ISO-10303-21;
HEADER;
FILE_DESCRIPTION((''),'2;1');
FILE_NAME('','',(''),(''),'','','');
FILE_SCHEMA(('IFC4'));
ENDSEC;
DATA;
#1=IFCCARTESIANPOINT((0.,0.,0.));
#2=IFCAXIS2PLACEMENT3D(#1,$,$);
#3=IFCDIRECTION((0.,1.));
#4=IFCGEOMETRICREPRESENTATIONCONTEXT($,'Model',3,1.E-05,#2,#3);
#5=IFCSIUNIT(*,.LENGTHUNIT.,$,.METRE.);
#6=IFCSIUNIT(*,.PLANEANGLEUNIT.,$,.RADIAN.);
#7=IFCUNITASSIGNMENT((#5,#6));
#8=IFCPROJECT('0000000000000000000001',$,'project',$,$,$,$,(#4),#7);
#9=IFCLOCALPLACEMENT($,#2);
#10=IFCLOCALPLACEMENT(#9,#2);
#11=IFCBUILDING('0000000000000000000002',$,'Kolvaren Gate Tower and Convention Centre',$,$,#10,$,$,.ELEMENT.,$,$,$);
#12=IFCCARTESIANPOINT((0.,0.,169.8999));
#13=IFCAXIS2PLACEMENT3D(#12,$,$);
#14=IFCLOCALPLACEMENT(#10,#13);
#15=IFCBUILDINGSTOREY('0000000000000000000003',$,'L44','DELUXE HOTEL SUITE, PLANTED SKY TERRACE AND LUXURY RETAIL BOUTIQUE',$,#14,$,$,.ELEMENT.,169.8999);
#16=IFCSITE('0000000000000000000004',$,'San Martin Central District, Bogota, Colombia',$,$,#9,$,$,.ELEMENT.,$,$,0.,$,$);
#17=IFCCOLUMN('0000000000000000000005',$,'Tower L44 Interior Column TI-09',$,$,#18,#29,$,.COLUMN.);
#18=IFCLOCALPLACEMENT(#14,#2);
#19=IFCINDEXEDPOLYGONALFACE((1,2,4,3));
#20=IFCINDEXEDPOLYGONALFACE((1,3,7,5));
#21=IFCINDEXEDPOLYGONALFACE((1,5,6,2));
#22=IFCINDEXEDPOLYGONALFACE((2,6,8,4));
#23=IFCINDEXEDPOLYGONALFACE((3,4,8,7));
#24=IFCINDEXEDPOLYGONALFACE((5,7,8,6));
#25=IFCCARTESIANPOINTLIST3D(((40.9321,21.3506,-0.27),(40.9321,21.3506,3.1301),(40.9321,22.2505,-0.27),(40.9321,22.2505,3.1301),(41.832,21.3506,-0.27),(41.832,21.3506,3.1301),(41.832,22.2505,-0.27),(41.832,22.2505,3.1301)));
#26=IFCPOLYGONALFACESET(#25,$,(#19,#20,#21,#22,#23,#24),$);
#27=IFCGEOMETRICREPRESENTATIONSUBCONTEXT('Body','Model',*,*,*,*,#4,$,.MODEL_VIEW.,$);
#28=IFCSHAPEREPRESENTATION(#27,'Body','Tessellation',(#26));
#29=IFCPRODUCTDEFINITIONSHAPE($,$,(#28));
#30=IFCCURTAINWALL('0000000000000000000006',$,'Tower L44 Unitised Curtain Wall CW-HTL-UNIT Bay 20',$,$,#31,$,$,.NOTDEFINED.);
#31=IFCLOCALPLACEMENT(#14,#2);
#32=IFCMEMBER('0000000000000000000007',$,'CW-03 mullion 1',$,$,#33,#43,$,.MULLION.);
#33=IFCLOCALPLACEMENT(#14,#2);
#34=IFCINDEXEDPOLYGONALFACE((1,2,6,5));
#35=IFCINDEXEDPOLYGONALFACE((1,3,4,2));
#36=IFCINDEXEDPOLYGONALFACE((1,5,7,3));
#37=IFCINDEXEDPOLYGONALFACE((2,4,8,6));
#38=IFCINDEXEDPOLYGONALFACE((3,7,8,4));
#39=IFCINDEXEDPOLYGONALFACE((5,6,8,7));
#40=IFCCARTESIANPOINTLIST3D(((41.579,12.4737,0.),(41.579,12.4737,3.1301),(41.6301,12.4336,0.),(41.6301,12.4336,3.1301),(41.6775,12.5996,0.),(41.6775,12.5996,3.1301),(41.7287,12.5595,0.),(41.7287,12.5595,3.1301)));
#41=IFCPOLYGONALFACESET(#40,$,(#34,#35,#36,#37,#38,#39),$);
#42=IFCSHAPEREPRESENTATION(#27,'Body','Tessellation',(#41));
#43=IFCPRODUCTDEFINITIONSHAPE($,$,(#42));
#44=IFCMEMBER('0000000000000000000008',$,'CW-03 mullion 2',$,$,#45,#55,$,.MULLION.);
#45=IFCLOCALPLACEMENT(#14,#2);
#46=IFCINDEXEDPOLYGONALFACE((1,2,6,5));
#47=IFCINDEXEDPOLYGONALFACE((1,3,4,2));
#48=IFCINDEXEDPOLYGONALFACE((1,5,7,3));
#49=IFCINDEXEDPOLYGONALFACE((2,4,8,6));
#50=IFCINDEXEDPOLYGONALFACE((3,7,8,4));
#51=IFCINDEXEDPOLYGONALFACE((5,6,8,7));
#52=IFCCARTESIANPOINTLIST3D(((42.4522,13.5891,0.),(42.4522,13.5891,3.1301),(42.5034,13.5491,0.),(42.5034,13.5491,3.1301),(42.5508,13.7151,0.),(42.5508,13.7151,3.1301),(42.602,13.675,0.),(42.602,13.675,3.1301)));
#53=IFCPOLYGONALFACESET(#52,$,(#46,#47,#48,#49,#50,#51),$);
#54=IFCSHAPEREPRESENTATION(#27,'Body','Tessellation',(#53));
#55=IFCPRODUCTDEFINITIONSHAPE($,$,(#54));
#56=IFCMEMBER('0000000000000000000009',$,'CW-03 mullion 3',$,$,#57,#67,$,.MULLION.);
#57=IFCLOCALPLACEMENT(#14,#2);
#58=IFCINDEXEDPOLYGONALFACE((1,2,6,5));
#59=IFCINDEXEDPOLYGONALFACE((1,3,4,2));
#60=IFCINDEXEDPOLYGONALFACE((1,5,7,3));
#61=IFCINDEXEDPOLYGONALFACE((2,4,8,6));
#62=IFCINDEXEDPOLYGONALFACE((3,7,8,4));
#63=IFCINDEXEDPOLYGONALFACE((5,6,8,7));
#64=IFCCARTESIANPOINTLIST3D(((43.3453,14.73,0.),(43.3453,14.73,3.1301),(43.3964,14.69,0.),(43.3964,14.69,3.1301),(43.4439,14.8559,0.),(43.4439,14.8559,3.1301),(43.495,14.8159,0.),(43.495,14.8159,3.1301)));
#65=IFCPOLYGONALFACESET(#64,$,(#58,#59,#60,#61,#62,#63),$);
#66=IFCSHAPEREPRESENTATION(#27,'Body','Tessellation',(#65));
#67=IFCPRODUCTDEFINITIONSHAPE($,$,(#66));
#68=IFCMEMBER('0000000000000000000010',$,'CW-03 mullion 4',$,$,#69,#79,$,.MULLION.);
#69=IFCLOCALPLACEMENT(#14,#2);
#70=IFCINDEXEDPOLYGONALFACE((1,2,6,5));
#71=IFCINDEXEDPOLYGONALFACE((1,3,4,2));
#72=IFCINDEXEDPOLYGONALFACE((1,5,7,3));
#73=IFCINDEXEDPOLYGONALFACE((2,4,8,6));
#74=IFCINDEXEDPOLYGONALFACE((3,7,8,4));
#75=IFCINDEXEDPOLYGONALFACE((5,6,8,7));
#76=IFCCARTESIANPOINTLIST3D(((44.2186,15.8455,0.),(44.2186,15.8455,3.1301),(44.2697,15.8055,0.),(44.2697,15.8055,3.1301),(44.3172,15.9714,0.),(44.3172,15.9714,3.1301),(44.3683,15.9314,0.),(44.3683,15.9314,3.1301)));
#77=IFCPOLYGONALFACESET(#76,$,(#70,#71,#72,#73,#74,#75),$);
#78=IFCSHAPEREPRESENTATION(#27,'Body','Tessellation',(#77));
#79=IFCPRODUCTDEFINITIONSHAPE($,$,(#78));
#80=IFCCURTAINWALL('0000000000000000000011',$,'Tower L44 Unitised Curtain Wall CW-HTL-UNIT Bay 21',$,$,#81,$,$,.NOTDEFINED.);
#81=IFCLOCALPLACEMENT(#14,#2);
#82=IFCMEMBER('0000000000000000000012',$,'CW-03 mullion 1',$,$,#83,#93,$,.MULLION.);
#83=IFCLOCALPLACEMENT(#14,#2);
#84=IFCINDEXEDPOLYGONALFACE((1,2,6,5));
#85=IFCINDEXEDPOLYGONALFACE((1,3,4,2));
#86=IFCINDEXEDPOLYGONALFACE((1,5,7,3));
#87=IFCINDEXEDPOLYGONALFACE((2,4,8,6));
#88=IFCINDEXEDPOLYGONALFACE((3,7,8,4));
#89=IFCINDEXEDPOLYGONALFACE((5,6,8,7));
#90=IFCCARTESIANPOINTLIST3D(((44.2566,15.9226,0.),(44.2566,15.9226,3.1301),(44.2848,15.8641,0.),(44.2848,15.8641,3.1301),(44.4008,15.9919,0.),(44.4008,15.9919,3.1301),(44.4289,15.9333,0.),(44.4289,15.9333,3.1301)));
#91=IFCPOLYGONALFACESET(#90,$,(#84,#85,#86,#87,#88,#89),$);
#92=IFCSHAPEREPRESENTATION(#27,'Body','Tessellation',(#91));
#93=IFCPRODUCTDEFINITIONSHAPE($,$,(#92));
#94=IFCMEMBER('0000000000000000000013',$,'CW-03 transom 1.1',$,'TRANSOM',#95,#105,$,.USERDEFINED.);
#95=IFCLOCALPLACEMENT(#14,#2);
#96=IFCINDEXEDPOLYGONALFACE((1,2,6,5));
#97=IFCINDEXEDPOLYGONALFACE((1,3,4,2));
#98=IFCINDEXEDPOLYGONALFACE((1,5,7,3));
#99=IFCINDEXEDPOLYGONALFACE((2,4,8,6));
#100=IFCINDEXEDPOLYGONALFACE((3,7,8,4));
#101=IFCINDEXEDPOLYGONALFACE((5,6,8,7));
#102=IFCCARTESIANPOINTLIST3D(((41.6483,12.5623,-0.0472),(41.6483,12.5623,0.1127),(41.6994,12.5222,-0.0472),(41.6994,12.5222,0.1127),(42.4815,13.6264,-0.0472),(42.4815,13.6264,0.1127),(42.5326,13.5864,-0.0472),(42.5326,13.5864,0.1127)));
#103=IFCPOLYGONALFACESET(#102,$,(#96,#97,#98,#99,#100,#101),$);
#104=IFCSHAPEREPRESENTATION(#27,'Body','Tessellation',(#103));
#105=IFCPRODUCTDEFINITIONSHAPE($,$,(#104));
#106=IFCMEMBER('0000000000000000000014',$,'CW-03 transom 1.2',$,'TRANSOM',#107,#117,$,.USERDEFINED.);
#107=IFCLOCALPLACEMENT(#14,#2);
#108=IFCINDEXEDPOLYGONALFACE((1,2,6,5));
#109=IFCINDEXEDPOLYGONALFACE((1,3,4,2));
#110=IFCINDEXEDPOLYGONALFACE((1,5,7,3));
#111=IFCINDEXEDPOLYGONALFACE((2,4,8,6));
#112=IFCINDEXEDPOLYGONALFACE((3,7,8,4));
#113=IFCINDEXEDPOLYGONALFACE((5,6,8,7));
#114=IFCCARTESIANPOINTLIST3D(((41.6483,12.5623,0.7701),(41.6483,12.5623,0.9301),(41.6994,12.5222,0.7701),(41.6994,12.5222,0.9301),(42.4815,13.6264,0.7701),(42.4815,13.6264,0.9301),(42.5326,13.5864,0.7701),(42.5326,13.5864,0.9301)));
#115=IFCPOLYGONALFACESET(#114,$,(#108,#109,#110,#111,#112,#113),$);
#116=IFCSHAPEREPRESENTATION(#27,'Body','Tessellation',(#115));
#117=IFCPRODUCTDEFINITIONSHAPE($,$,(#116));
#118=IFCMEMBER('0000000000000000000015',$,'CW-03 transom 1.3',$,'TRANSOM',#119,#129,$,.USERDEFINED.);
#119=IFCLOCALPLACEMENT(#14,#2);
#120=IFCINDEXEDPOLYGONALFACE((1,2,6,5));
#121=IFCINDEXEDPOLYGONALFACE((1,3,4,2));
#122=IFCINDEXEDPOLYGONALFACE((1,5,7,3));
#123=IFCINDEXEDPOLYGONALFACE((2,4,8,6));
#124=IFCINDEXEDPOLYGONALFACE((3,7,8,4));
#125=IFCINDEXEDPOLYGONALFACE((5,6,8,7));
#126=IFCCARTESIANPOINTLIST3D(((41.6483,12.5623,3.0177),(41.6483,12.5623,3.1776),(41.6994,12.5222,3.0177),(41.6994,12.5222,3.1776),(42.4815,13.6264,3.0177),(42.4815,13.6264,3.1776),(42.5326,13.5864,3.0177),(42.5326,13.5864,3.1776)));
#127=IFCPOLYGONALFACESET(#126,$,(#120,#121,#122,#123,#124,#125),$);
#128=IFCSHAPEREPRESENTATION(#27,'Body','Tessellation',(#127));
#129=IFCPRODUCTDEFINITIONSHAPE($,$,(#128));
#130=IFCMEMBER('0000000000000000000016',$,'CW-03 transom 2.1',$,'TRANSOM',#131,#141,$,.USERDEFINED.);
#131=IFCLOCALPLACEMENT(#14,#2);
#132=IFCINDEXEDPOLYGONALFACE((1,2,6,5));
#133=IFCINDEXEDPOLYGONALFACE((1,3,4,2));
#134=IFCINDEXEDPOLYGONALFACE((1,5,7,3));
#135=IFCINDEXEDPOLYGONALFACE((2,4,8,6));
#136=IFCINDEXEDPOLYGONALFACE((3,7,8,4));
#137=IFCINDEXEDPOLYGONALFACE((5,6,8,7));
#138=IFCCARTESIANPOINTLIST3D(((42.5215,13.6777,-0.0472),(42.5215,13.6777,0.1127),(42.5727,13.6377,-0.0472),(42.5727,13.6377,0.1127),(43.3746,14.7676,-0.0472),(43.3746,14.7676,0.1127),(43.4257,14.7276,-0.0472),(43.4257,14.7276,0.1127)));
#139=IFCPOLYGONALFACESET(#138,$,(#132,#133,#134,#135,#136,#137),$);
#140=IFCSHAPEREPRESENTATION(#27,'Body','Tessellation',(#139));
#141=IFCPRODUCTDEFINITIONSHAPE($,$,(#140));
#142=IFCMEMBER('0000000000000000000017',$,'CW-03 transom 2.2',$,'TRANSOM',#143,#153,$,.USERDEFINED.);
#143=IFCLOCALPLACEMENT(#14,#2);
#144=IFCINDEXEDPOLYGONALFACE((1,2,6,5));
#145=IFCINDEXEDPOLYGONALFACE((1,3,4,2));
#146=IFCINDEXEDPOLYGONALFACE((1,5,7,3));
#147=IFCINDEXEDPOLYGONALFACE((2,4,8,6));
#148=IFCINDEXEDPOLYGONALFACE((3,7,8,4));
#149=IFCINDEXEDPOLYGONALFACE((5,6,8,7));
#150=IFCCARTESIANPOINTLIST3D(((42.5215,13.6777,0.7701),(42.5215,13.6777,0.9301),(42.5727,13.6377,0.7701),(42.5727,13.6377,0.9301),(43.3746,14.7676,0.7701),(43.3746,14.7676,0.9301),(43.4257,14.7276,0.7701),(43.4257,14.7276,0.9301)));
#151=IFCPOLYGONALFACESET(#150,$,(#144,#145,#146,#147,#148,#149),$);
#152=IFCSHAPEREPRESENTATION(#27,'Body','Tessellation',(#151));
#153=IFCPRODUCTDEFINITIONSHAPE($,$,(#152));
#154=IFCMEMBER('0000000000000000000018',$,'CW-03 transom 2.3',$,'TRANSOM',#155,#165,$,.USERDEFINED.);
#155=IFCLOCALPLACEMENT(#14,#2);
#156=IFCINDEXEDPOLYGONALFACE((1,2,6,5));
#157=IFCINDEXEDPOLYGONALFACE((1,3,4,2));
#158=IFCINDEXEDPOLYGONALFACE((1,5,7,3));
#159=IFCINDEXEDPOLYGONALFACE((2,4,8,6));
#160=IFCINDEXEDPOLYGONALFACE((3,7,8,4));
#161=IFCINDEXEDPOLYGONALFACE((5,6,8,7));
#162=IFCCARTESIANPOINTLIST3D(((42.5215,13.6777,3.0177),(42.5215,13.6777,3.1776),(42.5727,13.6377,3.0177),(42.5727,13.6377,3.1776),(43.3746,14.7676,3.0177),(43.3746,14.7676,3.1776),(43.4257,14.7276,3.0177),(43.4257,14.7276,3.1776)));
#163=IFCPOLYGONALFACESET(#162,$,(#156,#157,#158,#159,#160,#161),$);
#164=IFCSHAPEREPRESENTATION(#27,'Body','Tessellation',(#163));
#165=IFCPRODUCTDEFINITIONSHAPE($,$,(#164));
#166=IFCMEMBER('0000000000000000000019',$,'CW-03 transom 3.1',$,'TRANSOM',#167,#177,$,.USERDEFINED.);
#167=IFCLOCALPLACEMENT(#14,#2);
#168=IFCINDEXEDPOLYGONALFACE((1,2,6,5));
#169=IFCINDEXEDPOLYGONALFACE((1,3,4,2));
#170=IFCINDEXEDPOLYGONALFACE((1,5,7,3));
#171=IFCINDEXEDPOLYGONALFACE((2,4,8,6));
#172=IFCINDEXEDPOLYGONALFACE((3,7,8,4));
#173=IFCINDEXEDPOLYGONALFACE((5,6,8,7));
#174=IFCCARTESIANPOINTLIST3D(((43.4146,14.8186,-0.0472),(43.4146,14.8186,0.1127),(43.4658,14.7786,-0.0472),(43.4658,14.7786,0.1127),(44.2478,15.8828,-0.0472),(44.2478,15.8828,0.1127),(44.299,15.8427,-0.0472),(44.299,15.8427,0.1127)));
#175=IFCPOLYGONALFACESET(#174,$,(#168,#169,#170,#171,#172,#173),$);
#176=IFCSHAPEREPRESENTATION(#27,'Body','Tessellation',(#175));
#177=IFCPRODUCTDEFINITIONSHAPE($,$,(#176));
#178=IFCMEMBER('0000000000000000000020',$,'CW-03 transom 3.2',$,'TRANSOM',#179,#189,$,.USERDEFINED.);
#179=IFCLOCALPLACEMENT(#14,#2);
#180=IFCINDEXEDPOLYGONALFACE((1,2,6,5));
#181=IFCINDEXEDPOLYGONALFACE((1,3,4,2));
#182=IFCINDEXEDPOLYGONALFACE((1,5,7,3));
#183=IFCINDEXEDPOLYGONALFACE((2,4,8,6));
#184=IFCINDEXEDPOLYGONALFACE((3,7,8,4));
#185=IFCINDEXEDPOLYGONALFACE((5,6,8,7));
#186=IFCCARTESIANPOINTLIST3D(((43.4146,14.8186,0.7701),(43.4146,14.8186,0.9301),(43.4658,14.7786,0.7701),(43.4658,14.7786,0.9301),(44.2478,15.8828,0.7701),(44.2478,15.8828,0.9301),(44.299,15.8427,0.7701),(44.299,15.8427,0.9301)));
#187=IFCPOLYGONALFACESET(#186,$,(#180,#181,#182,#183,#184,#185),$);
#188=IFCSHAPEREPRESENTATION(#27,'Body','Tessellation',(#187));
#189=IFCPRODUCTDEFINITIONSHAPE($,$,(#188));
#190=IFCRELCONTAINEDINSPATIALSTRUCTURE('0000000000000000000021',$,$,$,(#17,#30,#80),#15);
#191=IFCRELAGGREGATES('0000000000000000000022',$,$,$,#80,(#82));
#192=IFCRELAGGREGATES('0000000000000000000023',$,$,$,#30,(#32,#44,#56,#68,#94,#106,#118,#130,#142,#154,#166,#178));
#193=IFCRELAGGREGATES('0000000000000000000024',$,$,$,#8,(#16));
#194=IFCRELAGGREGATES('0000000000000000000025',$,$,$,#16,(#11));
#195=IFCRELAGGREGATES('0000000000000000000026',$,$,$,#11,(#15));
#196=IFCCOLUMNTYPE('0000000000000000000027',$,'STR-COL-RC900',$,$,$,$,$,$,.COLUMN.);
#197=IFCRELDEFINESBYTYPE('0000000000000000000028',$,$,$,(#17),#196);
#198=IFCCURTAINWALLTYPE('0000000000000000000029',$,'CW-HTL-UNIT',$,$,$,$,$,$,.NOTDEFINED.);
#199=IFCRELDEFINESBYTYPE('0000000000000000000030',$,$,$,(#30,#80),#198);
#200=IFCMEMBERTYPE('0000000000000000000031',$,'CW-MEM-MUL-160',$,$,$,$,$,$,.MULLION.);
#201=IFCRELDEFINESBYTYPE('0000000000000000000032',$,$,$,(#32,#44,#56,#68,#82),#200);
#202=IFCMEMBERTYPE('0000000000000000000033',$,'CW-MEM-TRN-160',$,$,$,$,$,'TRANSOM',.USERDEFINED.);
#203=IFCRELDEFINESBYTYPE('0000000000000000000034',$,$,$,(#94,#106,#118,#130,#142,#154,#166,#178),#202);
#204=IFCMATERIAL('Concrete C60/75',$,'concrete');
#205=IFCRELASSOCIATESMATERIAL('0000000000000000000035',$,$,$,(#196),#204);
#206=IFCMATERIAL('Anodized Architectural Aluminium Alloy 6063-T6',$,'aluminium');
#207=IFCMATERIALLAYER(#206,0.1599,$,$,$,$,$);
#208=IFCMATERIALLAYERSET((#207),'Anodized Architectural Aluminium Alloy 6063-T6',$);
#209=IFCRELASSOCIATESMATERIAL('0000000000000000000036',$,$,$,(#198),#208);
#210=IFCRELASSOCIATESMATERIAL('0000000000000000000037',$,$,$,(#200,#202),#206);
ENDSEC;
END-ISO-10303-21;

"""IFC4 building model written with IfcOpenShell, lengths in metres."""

from ifc_helpers import new_model, si_unit, direction, frame, origin, origin_2d, place, context, subcontext, project, spatial, rectangle, extrude, material, layer, layer_set, material_profile, profile_set, type_object, element, aggregate, save


model = new_model("IFC4")

# Units and contexts
model_context = context("Model", 3, precision=1e-05, world=origin(), true_north=direction((0.0, 1.0)))
body_context = subcontext(model_context, "Body", "Model", "MODEL_VIEW")
ifc_project = project(units=[si_unit("LENGTHUNIT", "METRE"), si_unit("PLANEANGLEUNIT", "RADIAN")], contexts=[model_context])

# Site, building, storey
site_placement = place(None, origin())
site = spatial("IfcSite", under=ifc_project, at=site_placement, Name="San Martin Central District, Bogota, Colombia", CompositionType="ELEMENT", RefElevation=0.0)
building_placement = place(site_placement, origin())
building = spatial("IfcBuilding", under=site, at=building_placement, Name="Kolvaren Gate Tower and Convention Centre", CompositionType="ELEMENT")
storey_placement = place(building_placement, frame((0.0, 0.0, 169.8999)))
storey = spatial("IfcBuildingStorey", under=building, at=storey_placement, Name="L44", Description="DELUXE HOTEL SUITE, PLANTED SKY TERRACE AND LUXURY RETAIL BOUTIQUE", CompositionType="ELEMENT", Elevation=169.8999)

# Column
ifc_material_1 = material(Name="Concrete C60/75", Category="concrete")
ifc_material_profile_1 = material_profile(ifc_material_1, rectangle(XDim=0.8999, YDim=0.8999, at=origin_2d()), Name="RC-COL-900X900")
ifc_profile_set_1 = profile_set([ifc_material_profile_1], Name="Concrete C60/75")
column_type = type_object("IfcColumnType", Name="STR-COL-RC900", PredefinedType="COLUMN", material=ifc_profile_set_1)
column_placement = place(storey_placement, frame((41.3821, 21.8005, -0.27), z_axis=(0.0, 0.0, 1.0), x_axis=(1.0, 0.0, 0.0)))
element("IfcColumn", 1, at=column_placement, inside=storey, type_object=column_type, Name="Tower L44 Interior Column TI-09", PredefinedType="COLUMN", context=body_context, shape_type="SweptSolid", body=[
    extrude(rectangle(XDim=0.8999, YDim=0.8999, at=origin_2d()), origin(), (0.0, 0.0, 1.0), 3.4001),
])

# Curtain wall, members
ifc_material_2 = material(Name="Anodized Architectural Aluminium Alloy 6063-T6", Category="aluminium")
ifc_layer_1 = layer(ifc_material_2, 0.1599)
ifc_layer_set_1 = layer_set([ifc_layer_1], Name="Anodized Architectural Aluminium Alloy 6063-T6")
curtain_wall_type = type_object("IfcCurtainWallType", Name="CW-HTL-UNIT", PredefinedType="NOTDEFINED", material=ifc_layer_set_1)
curtain_wall_1_placement = place(storey_placement, origin())
curtain_wall_1 = element("IfcCurtainWall", 2, at=curtain_wall_1_placement, inside=storey, type_object=curtain_wall_type, Name="Tower L44 Unitised Curtain Wall CW-HTL-UNIT Bay 20", PredefinedType="NOTDEFINED")
ifc_material_profile_2 = material_profile(ifc_material_2, rectangle(XDim=0.0649, YDim=0.1599, at=origin_2d()), Name="CW-MEM-MUL-160")
ifc_profile_set_2 = profile_set([ifc_material_profile_2], Name="Anodized Architectural Aluminium Alloy 6063-T6")
member_type_1 = type_object("IfcMemberType", Name="CW-MEM-MUL-160", PredefinedType="MULLION", material=ifc_profile_set_2)
member_1_placement = place(storey_placement, frame((41.6538, 12.5166, 0.0), z_axis=(0.0, 0.0, 1.0), x_axis=(-0.787404, 0.616438, 0.0)))
member_1 = element("IfcMember", 3, at=member_1_placement, type_object=member_type_1, Name="CW-03 mullion 1", PredefinedType="MULLION", context=body_context, shape_type="SweptSolid", body=[
    extrude(rectangle(XDim=0.0649, YDim=0.1599, at=origin_2d()), origin(), (0.0, 0.0, 1.0), 3.1301),
])
member_2_placement = place(storey_placement, frame((42.5271, 13.6321, 0.0), z_axis=(0.0, 0.0, 1.0), x_axis=(-0.787404, 0.616438, 0.0)))
member_2 = element("IfcMember", 4, at=member_2_placement, type_object=member_type_1, Name="CW-03 mullion 2", PredefinedType="MULLION", context=body_context, shape_type="SweptSolid", body=[
    extrude(rectangle(XDim=0.0649, YDim=0.1599, at=origin_2d()), origin(), (0.0, 0.0, 1.0), 3.1301),
])
member_3_placement = place(storey_placement, frame((43.4202, 14.7729, 0.0), z_axis=(0.0, 0.0, 1.0), x_axis=(-0.787404, 0.616438, 0.0)))
member_3 = element("IfcMember", 5, at=member_3_placement, type_object=member_type_1, Name="CW-03 mullion 3", PredefinedType="MULLION", context=body_context, shape_type="SweptSolid", body=[
    extrude(rectangle(XDim=0.0649, YDim=0.1599, at=origin_2d()), origin(), (0.0, 0.0, 1.0), 3.1301),
])
member_4_placement = place(storey_placement, frame((44.2935, 15.8884, 0.0), z_axis=(0.0, 0.0, 1.0), x_axis=(-0.787404, 0.616438, 0.0)))
member_4 = element("IfcMember", 6, at=member_4_placement, type_object=member_type_1, Name="CW-03 mullion 4", PredefinedType="MULLION", context=body_context, shape_type="SweptSolid", body=[
    extrude(rectangle(XDim=0.0649, YDim=0.1599, at=origin_2d()), origin(), (0.0, 0.0, 1.0), 3.1301),
])

# Curtain wall, member
curtain_wall_2_placement = place(storey_placement, origin())
curtain_wall_2 = element("IfcCurtainWall", 7, at=curtain_wall_2_placement, inside=storey, type_object=curtain_wall_type, Name="Tower L44 Unitised Curtain Wall CW-HTL-UNIT Bay 21", PredefinedType="NOTDEFINED")
member_5_placement = place(storey_placement, frame((44.3428, 15.928, 0.0), z_axis=(0.0, 0.0, 1.0), x_axis=(-0.433074, 0.901358, 0.0)))
member_5 = element("IfcMember", 8, at=member_5_placement, type_object=member_type_1, Name="CW-03 mullion 1", PredefinedType="MULLION", context=body_context, shape_type="SweptSolid", body=[
    extrude(rectangle(XDim=0.0649, YDim=0.1599, at=origin_2d()), origin(), (0.0, 0.0, 1.0), 3.1301),
])
aggregate(curtain_wall_2, [member_5])

# Members
ifc_material_profile_3 = material_profile(ifc_material_2, rectangle(XDim=0.0649, YDim=0.1599, at=origin_2d()), Name="CW-MEM-TRN-160")
ifc_profile_set_3 = profile_set([ifc_material_profile_3], Name="Anodized Architectural Aluminium Alloy 6063-T6")
member_type_2 = type_object("IfcMemberType", Name="CW-MEM-TRN-160", ElementType="TRANSOM", PredefinedType="USERDEFINED", material=ifc_profile_set_3)
member_6_placement = place(storey_placement, frame((41.6738, 12.5422, 0.0327), z_axis=(0.616488, 0.787364, 0.0), x_axis=(-0.787364, 0.616488, 0.0)))
member_6 = element("IfcMember", 9, at=member_6_placement, type_object=member_type_2, Name="CW-03 transom 1.1", ObjectType="TRANSOM", PredefinedType="USERDEFINED", context=body_context, shape_type="SweptSolid", body=[
    extrude(rectangle(XDim=0.0649, YDim=0.1599, at=origin_2d()), origin(), (0.0, 0.0, 1.0), 1.3516),
])
member_7_placement = place(storey_placement, frame((41.6738, 12.5422, 0.8501), z_axis=(0.616488, 0.787364, 0.0), x_axis=(-0.787364, 0.616488, 0.0)))
member_7 = element("IfcMember", 10, at=member_7_placement, type_object=member_type_2, Name="CW-03 transom 1.2", ObjectType="TRANSOM", PredefinedType="USERDEFINED", context=body_context, shape_type="SweptSolid", body=[
    extrude(rectangle(XDim=0.0649, YDim=0.1599, at=origin_2d()), origin(), (0.0, 0.0, 1.0), 1.3516),
])
member_8_placement = place(storey_placement, frame((41.6738, 12.5422, 3.0977), z_axis=(0.616488, 0.787364, 0.0), x_axis=(-0.787364, 0.616488, 0.0)))
member_8 = element("IfcMember", 11, at=member_8_placement, type_object=member_type_2, Name="CW-03 transom 1.3", ObjectType="TRANSOM", PredefinedType="USERDEFINED", context=body_context, shape_type="SweptSolid", body=[
    extrude(rectangle(XDim=0.0649, YDim=0.1599, at=origin_2d()), origin(), (0.0, 0.0, 1.0), 1.3516),
])
member_9_placement = place(storey_placement, frame((42.5471, 13.6577, 0.0327), z_axis=(0.616356, 0.787468, 0.0), x_axis=(-0.787468, 0.616356, 0.0)))
member_9 = element("IfcMember", 12, at=member_9_placement, type_object=member_type_2, Name="CW-03 transom 2.1", ObjectType="TRANSOM", PredefinedType="USERDEFINED", context=body_context, shape_type="SweptSolid", body=[
    extrude(rectangle(XDim=0.0649, YDim=0.1599, at=origin_2d()), origin(), (0.0, 0.0, 1.0), 1.384),
])
member_10_placement = place(storey_placement, frame((42.5471, 13.6577, 0.8501), z_axis=(0.616356, 0.787468, 0.0), x_axis=(-0.787468, 0.616356, 0.0)))
member_10 = element("IfcMember", 13, at=member_10_placement, type_object=member_type_2, Name="CW-03 transom 2.2", ObjectType="TRANSOM", PredefinedType="USERDEFINED", context=body_context, shape_type="SweptSolid", body=[
    extrude(rectangle(XDim=0.0649, YDim=0.1599, at=origin_2d()), origin(), (0.0, 0.0, 1.0), 1.384),
])
member_11_placement = place(storey_placement, frame((42.5471, 13.6577, 3.0977), z_axis=(0.616356, 0.787468, 0.0), x_axis=(-0.787468, 0.616356, 0.0)))
member_11 = element("IfcMember", 14, at=member_11_placement, type_object=member_type_2, Name="CW-03 transom 2.3", ObjectType="TRANSOM", PredefinedType="USERDEFINED", context=body_context, shape_type="SweptSolid", body=[
    extrude(rectangle(XDim=0.0649, YDim=0.1599, at=origin_2d()), origin(), (0.0, 0.0, 1.0), 1.384),
])
member_12_placement = place(storey_placement, frame((43.4402, 14.7986, 0.0327), z_axis=(0.616488, 0.787364, 0.0), x_axis=(-0.787364, 0.616488, 0.0)))
member_12 = element("IfcMember", 15, at=member_12_placement, type_object=member_type_2, Name="CW-03 transom 3.1", ObjectType="TRANSOM", PredefinedType="USERDEFINED", context=body_context, shape_type="SweptSolid", body=[
    extrude(rectangle(XDim=0.0649, YDim=0.1599, at=origin_2d()), origin(), (0.0, 0.0, 1.0), 1.3516),
])
member_13_placement = place(storey_placement, frame((43.4402, 14.7986, 0.8501), z_axis=(0.616488, 0.787364, 0.0), x_axis=(-0.787364, 0.616488, 0.0)))
member_13 = element("IfcMember", 16, at=member_13_placement, type_object=member_type_2, Name="CW-03 transom 3.2", ObjectType="TRANSOM", PredefinedType="USERDEFINED", context=body_context, shape_type="SweptSolid", body=[
    extrude(rectangle(XDim=0.0649, YDim=0.1599, at=origin_2d()), origin(), (0.0, 0.0, 1.0), 1.3516),
])

aggregate(curtain_wall_1, [member_1, member_2, member_3, member_4, member_6, member_7, member_8, member_9, member_10, member_11, member_12, member_13])

save(model, "model.ifc")
